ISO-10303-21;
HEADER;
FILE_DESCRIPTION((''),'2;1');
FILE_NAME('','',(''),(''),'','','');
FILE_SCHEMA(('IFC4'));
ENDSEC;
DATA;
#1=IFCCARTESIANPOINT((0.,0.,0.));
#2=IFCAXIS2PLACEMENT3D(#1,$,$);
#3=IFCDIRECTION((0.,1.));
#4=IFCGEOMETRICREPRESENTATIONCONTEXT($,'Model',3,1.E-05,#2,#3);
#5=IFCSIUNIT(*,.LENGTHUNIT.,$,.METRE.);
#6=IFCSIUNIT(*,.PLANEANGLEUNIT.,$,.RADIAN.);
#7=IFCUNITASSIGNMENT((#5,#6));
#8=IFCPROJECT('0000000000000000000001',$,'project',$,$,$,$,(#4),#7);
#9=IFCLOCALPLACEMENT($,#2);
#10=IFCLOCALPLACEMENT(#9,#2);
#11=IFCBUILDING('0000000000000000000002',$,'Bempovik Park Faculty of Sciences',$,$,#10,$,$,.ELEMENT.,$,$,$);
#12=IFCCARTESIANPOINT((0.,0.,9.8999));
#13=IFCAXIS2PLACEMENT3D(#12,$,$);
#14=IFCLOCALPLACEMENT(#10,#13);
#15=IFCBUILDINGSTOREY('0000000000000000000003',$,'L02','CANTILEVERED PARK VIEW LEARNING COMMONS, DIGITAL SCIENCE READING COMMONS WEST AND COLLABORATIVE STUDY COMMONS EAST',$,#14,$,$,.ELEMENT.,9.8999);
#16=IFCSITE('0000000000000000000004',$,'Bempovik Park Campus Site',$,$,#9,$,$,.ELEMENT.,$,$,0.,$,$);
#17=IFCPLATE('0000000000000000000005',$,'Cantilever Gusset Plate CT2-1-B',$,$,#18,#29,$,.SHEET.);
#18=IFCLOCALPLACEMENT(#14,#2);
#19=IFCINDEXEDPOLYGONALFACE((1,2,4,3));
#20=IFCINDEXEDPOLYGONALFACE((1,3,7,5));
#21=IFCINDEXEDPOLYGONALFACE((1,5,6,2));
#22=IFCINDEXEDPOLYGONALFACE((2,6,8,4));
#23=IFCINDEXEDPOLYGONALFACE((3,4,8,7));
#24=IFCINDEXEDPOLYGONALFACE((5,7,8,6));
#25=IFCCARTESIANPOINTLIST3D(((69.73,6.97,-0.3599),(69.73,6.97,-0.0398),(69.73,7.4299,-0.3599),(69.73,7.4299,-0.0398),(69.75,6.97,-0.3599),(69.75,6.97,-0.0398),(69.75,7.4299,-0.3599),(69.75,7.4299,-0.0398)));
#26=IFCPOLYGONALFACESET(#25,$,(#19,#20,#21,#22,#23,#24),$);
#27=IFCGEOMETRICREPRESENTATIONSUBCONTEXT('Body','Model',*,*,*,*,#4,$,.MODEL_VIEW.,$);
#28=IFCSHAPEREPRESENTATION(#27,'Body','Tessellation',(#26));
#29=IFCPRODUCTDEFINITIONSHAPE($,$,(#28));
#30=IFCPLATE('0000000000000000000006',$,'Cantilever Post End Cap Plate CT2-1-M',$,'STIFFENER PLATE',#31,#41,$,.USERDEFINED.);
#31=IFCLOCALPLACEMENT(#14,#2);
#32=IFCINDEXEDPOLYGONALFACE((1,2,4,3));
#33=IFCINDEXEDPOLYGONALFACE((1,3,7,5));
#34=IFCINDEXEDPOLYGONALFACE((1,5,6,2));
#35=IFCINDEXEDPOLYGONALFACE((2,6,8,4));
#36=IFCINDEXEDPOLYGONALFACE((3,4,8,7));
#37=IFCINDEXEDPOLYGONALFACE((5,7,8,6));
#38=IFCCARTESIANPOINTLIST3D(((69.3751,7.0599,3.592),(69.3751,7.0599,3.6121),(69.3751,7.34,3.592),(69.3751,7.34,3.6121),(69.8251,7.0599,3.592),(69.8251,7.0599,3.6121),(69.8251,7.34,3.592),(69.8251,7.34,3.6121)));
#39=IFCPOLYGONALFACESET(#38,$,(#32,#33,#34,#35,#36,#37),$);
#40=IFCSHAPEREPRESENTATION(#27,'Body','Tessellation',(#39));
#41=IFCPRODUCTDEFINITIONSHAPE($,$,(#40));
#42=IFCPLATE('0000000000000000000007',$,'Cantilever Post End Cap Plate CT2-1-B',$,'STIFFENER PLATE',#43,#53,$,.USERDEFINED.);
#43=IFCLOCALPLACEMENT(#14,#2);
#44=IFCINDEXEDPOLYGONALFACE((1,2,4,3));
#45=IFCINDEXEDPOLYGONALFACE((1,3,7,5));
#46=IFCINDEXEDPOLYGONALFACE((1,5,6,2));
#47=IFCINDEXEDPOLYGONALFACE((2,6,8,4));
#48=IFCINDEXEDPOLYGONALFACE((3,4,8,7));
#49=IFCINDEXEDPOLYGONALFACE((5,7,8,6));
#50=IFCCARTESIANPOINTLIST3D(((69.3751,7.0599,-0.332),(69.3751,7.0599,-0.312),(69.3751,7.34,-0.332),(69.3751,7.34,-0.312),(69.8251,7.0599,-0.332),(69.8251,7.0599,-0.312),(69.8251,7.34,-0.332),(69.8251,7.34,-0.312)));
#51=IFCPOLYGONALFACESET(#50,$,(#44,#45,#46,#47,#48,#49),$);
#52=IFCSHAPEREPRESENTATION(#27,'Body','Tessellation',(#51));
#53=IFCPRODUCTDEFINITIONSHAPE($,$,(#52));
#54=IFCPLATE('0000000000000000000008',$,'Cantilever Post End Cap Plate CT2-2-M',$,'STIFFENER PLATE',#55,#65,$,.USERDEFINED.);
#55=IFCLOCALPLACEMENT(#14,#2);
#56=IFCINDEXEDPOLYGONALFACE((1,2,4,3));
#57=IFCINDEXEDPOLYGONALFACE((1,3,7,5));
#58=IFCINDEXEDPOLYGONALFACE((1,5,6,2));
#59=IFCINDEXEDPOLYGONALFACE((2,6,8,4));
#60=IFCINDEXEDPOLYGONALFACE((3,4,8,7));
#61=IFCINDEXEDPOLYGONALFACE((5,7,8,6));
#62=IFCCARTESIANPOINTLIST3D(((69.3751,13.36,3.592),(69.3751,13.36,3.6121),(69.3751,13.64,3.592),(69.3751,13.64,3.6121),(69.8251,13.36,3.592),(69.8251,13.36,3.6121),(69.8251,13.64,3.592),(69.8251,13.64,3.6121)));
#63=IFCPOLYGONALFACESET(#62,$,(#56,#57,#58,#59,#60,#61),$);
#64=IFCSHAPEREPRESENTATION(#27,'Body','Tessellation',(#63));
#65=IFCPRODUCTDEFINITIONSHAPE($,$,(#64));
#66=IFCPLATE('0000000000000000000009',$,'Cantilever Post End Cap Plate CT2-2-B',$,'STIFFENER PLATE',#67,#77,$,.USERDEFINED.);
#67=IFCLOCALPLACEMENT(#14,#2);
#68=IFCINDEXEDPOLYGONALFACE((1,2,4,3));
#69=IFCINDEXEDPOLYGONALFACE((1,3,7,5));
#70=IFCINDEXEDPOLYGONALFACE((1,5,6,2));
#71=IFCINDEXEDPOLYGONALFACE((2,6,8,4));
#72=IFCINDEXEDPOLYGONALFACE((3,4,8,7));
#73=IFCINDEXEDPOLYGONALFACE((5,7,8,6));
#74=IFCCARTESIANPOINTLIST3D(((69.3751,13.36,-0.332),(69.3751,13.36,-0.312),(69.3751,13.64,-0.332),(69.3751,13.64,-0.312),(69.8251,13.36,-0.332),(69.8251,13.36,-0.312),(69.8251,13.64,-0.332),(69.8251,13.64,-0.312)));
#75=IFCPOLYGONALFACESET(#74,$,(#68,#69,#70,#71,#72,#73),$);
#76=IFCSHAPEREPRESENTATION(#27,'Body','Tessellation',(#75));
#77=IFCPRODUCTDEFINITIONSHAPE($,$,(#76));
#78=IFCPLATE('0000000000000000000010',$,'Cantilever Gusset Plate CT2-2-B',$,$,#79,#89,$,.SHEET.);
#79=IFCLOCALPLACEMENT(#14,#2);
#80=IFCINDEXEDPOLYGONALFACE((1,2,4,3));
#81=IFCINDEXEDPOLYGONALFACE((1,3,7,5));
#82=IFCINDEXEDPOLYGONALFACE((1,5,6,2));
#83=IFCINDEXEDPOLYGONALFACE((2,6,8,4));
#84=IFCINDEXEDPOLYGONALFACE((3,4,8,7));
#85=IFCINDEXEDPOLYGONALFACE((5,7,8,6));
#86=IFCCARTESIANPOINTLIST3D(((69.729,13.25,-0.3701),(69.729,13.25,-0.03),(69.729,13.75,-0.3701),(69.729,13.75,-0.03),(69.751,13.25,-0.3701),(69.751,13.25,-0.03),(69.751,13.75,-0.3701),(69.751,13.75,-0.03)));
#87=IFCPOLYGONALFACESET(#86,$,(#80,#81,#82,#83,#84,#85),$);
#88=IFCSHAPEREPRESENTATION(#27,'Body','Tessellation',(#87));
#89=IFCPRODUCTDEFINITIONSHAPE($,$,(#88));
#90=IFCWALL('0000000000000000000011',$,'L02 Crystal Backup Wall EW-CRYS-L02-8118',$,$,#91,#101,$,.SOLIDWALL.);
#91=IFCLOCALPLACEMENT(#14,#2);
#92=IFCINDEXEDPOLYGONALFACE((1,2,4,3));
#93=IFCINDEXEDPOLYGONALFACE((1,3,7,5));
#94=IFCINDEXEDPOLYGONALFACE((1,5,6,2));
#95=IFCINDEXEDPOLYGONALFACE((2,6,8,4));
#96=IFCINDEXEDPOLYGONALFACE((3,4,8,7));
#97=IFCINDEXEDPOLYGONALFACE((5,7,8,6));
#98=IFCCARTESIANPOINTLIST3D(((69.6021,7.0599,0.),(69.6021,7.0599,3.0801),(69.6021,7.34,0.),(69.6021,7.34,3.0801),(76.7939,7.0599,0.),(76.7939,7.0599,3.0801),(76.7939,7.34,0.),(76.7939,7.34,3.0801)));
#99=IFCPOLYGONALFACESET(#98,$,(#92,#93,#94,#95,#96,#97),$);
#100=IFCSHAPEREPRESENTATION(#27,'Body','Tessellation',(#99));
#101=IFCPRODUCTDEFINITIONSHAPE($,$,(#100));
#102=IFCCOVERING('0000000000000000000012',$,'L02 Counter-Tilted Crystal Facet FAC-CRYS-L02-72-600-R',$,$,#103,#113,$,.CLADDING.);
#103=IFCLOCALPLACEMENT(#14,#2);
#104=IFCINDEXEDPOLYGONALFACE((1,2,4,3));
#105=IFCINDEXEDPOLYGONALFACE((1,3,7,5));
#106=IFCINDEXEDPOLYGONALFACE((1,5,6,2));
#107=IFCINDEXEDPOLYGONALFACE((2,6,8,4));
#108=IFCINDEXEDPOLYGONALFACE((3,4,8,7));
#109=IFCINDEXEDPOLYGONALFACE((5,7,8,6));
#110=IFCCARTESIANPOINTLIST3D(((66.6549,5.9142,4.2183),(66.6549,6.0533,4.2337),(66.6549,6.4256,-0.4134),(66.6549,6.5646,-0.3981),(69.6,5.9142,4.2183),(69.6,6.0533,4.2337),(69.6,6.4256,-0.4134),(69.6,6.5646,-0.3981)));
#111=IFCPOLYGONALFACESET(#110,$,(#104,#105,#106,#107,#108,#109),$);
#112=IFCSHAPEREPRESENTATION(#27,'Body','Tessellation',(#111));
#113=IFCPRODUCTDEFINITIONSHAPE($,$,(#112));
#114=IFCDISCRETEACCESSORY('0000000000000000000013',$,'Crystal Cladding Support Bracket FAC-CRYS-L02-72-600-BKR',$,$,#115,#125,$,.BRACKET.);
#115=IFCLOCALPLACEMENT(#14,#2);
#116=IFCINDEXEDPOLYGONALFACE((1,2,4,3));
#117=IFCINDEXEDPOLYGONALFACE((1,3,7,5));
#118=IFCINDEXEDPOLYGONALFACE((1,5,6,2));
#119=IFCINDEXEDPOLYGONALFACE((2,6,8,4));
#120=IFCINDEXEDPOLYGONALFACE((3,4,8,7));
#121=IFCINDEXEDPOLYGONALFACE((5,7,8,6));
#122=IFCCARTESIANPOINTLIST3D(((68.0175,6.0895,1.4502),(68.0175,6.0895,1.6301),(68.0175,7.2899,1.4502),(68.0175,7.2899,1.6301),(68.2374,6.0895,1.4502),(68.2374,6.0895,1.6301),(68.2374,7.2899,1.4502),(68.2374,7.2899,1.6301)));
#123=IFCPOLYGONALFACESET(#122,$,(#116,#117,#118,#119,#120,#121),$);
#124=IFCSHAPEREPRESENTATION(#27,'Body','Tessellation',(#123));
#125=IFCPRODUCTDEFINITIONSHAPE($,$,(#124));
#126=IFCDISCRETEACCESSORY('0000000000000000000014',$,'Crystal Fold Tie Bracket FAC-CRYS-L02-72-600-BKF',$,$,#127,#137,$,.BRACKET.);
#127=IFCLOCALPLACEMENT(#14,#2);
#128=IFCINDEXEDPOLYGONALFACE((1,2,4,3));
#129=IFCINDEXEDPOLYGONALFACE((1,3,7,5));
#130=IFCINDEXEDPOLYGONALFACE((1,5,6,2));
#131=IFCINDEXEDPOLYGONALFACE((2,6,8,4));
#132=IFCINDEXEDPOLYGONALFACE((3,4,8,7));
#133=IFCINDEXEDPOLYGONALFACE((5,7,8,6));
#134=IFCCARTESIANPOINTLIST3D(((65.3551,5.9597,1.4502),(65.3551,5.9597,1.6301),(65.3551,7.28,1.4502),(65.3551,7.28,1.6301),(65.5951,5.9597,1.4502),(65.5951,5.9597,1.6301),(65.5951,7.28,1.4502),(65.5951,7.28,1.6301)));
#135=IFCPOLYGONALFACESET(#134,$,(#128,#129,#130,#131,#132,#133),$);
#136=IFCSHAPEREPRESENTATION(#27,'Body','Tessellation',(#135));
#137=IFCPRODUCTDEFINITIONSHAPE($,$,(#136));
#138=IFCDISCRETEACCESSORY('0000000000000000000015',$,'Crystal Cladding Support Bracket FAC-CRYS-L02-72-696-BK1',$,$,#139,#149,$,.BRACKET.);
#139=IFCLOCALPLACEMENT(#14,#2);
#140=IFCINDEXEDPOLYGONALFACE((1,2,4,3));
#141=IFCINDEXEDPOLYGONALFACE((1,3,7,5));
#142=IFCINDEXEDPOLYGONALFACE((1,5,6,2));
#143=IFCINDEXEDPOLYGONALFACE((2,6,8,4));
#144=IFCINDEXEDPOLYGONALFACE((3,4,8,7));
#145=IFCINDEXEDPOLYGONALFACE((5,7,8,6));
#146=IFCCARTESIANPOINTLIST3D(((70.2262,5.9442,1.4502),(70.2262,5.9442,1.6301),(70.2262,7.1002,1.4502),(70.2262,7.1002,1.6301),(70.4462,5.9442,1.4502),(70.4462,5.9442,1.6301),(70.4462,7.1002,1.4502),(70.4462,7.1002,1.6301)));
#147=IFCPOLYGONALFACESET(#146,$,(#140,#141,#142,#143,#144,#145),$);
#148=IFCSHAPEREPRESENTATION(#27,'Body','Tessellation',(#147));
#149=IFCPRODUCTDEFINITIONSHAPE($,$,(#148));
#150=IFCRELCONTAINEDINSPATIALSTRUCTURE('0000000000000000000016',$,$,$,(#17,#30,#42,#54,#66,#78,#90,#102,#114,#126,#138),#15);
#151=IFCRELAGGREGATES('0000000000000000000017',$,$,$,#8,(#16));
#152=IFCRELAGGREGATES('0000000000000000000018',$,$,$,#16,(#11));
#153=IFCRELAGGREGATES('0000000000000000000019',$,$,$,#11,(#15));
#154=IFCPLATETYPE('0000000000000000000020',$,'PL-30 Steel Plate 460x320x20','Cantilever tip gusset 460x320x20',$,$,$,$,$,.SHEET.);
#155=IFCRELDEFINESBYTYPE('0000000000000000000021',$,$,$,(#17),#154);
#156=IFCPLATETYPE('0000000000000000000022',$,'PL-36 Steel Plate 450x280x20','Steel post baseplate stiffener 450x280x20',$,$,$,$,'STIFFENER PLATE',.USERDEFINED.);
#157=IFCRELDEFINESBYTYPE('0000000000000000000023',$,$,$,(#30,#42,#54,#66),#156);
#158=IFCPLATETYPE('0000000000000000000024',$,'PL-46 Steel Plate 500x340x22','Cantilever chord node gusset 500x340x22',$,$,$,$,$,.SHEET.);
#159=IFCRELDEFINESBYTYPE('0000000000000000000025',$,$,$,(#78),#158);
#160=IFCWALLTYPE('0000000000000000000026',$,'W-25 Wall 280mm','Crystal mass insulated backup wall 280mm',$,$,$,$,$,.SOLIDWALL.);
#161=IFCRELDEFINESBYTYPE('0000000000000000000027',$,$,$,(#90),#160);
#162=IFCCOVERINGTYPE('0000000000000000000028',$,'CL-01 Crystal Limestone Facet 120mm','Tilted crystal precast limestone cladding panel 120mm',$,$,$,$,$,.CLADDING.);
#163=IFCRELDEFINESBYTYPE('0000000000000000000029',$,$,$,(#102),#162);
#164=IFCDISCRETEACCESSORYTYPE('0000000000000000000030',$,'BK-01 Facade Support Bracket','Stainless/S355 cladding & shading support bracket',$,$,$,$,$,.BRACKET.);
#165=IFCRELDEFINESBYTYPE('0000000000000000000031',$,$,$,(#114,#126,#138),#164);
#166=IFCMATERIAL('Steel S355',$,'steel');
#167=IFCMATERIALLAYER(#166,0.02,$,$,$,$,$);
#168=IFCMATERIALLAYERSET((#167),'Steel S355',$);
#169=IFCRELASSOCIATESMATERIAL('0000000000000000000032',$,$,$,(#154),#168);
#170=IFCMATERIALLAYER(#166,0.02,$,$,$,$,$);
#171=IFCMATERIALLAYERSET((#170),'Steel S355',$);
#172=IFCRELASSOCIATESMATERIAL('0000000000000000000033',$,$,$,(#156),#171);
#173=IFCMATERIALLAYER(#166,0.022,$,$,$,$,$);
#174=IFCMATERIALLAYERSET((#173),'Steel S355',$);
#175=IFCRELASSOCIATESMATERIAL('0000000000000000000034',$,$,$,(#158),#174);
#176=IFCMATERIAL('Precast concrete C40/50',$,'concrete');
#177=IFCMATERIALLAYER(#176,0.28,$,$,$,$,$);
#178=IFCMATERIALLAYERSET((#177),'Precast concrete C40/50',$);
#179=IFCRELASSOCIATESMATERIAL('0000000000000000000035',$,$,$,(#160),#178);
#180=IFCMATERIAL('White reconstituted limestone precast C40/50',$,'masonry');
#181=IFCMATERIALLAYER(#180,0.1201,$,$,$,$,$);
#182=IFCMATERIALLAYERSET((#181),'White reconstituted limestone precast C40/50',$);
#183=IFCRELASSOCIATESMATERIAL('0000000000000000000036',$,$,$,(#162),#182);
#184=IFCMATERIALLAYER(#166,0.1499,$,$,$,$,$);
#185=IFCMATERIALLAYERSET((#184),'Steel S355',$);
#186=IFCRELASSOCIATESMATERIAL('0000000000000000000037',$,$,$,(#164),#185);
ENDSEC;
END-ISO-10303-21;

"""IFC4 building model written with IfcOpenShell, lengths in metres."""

from ifc_helpers import new_model, si_unit, direction, frame, frame_2d, origin, origin_2d, place, context, subcontext, project, spatial, rectangle, extrude, material, layer, layer_set, type_object, element, save


model = new_model("IFC4")

# Units and contexts
model_context = context("Model", 3, precision=1e-05, world=origin(), true_north=direction((0.0, 1.0)))
body_context = subcontext(model_context, "Body", "Model", "MODEL_VIEW")
ifc_project = project(units=[si_unit("LENGTHUNIT", "METRE"), si_unit("PLANEANGLEUNIT", "RADIAN")], contexts=[model_context])

# Site, building, storey
site_placement = place(None, origin())
site = spatial("IfcSite", under=ifc_project, at=site_placement, Name="Bempovik Park Campus Site", CompositionType="ELEMENT", RefElevation=0.0)
building_placement = place(site_placement, origin())
building = spatial("IfcBuilding", under=site, at=building_placement, Name="Bempovik Park Faculty of Sciences", CompositionType="ELEMENT")
storey_placement = place(building_placement, frame((0.0, 0.0, 9.8999)))
storey = spatial("IfcBuildingStorey", under=building, at=storey_placement, Name="L02", Description="CANTILEVERED PARK VIEW LEARNING COMMONS, DIGITAL SCIENCE READING COMMONS WEST AND COLLABORATIVE STUDY COMMONS EAST", CompositionType="ELEMENT", Elevation=9.8999)

# Shared definitions
ifc_material_1 = material(Name="Steel S355", Category="steel")

# Plates
ifc_layer_1 = layer(ifc_material_1, 0.02)
ifc_layer_set_1 = layer_set([ifc_layer_1], Name="Steel S355")
plate_type_1 = type_object("IfcPlateType", Name="PL-30 Steel Plate 460x320x20", Description="Cantilever tip gusset 460x320x20", PredefinedType="SHEET", material=ifc_layer_set_1)
plate_1_placement = place(storey_placement, frame((69.74, 7.2, -0.3599), z_axis=(0.0, 0.0, 1.0), x_axis=(1.0, 0.0, 0.0)))
element("IfcPlate", 1, at=plate_1_placement, inside=storey, type_object=plate_type_1, Name="Cantilever Gusset Plate CT2-1-B", PredefinedType="SHEET", context=body_context, shape_type="SweptSolid", body=[
    extrude(rectangle(XDim=0.02, YDim=0.46, at=origin_2d()), origin(), (0.0, 0.0, 1.0), 0.3201),
])
ifc_layer_2 = layer(ifc_material_1, 0.02)
ifc_layer_set_2 = layer_set([ifc_layer_2], Name="Steel S355")
plate_type_2 = type_object("IfcPlateType", Name="PL-36 Steel Plate 450x280x20", Description="Steel post baseplate stiffener 450x280x20", ElementType="STIFFENER PLATE", PredefinedType="USERDEFINED", material=ifc_layer_set_2)
for number, where, z_axis, x_axis, name in (
    (2, (69.6001, 7.2, 3.592), (0.0, 0.0, 1.0), (1.0, 0.0, 0.0), "Cantilever Post End Cap Plate CT2-1-M"),
    (3, (69.6001, 7.2, -0.332), (0.0, 0.0, 1.0), (1.0, 0.0, 0.0), "Cantilever Post End Cap Plate CT2-1-B"),
    (4, (69.6001, 13.5, 3.592), (0.0, 0.0, 1.0), (1.0, 0.0, 0.0), "Cantilever Post End Cap Plate CT2-2-M"),
    (5, (69.6001, 13.5, -0.332), (0.0, 0.0, 1.0), (1.0, 0.0, 0.0), "Cantilever Post End Cap Plate CT2-2-B"),
):
    element("IfcPlate", number, at=place(storey_placement, frame(where, z_axis=z_axis, x_axis=x_axis)), inside=storey, type_object=plate_type_2, Name=name, ObjectType="STIFFENER PLATE", PredefinedType="USERDEFINED", context=body_context, shape_type="SweptSolid", body=[
        extrude(rectangle(XDim=0.45, YDim=0.28, at=origin_2d()), origin(), (0.0, 0.0, 1.0), 0.02),
    ])
ifc_layer_3 = layer(ifc_material_1, 0.022)
ifc_layer_set_3 = layer_set([ifc_layer_3], Name="Steel S355")
plate_type_3 = type_object("IfcPlateType", Name="PL-46 Steel Plate 500x340x22", Description="Cantilever chord node gusset 500x340x22", PredefinedType="SHEET", material=ifc_layer_set_3)
plate_2_placement = place(storey_placement, frame((69.74, 13.5, -0.3701), z_axis=(0.0, 0.0, 1.0), x_axis=(1.0, 0.0, 0.0)))
element("IfcPlate", 6, at=plate_2_placement, inside=storey, type_object=plate_type_3, Name="Cantilever Gusset Plate CT2-2-B", PredefinedType="SHEET", context=body_context, shape_type="SweptSolid", body=[
    extrude(rectangle(XDim=0.022, YDim=0.5, at=origin_2d()), origin(), (0.0, 0.0, 1.0), 0.3401),
])

# Wall
ifc_material_2 = material(Name="Precast concrete C40/50", Category="concrete")
ifc_layer_4 = layer(ifc_material_2, 0.28)
ifc_layer_set_4 = layer_set([ifc_layer_4], Name="Precast concrete C40/50")
wall_type = type_object("IfcWallType", Name="W-25 Wall 280mm", Description="Crystal mass insulated backup wall 280mm", PredefinedType="SOLIDWALL", material=ifc_layer_set_4)
wall_placement = place(storey_placement, frame((69.6021, 7.2, 0.0), z_axis=(0.0, 0.0, 1.0), x_axis=(1.0, 0.0, 0.0)))
element("IfcWall", 7, at=wall_placement, inside=storey, type_object=wall_type, Name="L02 Crystal Backup Wall EW-CRYS-L02-8118", PredefinedType="SOLIDWALL", context=body_context, shape_type="SweptSolid", body=[
    extrude(rectangle(XDim=7.1919, YDim=0.28, at=frame_2d((3.5959, 0.0))), origin(), (0.0, 0.0, 1.0), 3.0801),
])

# Covering
ifc_material_3 = material(Name="White reconstituted limestone precast C40/50", Category="masonry")
ifc_layer_5 = layer(ifc_material_3, 0.1201)
ifc_layer_set_5 = layer_set([ifc_layer_5], Name="White reconstituted limestone precast C40/50")
covering_type = type_object("IfcCoveringType", Name="CL-01 Crystal Limestone Facet 120mm", Description="Tilted crystal precast limestone cladding panel 120mm", PredefinedType="CLADDING", material=ifc_layer_set_5)
covering_placement = place(storey_placement, frame((68.1274, 6.4951, -0.4058), z_axis=(0.0, -0.109734, 0.993961), x_axis=(1.0, 0.0, 0.0)))
element("IfcCovering", 8, at=covering_placement, inside=storey, type_object=covering_type, Name="L02 Counter-Tilted Crystal Facet FAC-CRYS-L02-72-600-R", PredefinedType="CLADDING", context=body_context, shape_type="SweptSolid", body=[
    extrude(rectangle(XDim=2.9451, YDim=0.1399, at=origin_2d()), origin(), (0.0, 0.0, 1.0), 4.6599),
])

# Discrete accessories
ifc_layer_6 = layer(ifc_material_1, 0.1499)
ifc_layer_set_6 = layer_set([ifc_layer_6], Name="Steel S355")
discrete_accessory_type = type_object("IfcDiscreteAccessoryType", Name="BK-01 Facade Support Bracket", Description="Stainless/S355 cladding & shading support bracket", PredefinedType="BRACKET", material=ifc_layer_set_6)
discrete_accessory_1_placement = place(storey_placement, frame((68.1274, 6.6897, 1.4502), z_axis=(0.0, 0.0, 1.0), x_axis=(1.0, 0.0, 0.0)))
element("IfcDiscreteAccessory", 9, at=discrete_accessory_1_placement, inside=storey, type_object=discrete_accessory_type, Name="Crystal Cladding Support Bracket FAC-CRYS-L02-72-600-BKR", PredefinedType="BRACKET", context=body_context, shape_type="SweptSolid", body=[
    extrude(rectangle(XDim=0.22, YDim=1.2004, at=origin_2d()), origin(), (0.0, 0.0, 1.0), 0.1799),
])
discrete_accessory_2_placement = place(storey_placement, frame((65.4751, 6.6199, 1.4502), z_axis=(0.0, 0.0, 1.0), x_axis=(1.0, 0.0, 0.0)))
element("IfcDiscreteAccessory", 10, at=discrete_accessory_2_placement, inside=storey, type_object=discrete_accessory_type, Name="Crystal Fold Tie Bracket FAC-CRYS-L02-72-600-BKF", PredefinedType="BRACKET", context=body_context, shape_type="SweptSolid", body=[
    extrude(rectangle(XDim=0.24, YDim=1.3203, at=origin_2d()), origin(), (0.0, 0.0, 1.0), 0.1799),
])
discrete_accessory_3_placement = place(storey_placement, frame((70.3362, 6.5222, 1.4502), z_axis=(0.0, 0.0, 1.0), x_axis=(1.0, 0.0, 0.0)))
element("IfcDiscreteAccessory", 11, at=discrete_accessory_3_placement, inside=storey, type_object=discrete_accessory_type, Name="Crystal Cladding Support Bracket FAC-CRYS-L02-72-696-BK1", PredefinedType="BRACKET", context=body_context, shape_type="SweptSolid", body=[
    extrude(rectangle(XDim=0.22, YDim=1.156, at=origin_2d()), origin(), (0.0, 0.0, 1.0), 0.1799),
])

save(model, "model.ifc")
